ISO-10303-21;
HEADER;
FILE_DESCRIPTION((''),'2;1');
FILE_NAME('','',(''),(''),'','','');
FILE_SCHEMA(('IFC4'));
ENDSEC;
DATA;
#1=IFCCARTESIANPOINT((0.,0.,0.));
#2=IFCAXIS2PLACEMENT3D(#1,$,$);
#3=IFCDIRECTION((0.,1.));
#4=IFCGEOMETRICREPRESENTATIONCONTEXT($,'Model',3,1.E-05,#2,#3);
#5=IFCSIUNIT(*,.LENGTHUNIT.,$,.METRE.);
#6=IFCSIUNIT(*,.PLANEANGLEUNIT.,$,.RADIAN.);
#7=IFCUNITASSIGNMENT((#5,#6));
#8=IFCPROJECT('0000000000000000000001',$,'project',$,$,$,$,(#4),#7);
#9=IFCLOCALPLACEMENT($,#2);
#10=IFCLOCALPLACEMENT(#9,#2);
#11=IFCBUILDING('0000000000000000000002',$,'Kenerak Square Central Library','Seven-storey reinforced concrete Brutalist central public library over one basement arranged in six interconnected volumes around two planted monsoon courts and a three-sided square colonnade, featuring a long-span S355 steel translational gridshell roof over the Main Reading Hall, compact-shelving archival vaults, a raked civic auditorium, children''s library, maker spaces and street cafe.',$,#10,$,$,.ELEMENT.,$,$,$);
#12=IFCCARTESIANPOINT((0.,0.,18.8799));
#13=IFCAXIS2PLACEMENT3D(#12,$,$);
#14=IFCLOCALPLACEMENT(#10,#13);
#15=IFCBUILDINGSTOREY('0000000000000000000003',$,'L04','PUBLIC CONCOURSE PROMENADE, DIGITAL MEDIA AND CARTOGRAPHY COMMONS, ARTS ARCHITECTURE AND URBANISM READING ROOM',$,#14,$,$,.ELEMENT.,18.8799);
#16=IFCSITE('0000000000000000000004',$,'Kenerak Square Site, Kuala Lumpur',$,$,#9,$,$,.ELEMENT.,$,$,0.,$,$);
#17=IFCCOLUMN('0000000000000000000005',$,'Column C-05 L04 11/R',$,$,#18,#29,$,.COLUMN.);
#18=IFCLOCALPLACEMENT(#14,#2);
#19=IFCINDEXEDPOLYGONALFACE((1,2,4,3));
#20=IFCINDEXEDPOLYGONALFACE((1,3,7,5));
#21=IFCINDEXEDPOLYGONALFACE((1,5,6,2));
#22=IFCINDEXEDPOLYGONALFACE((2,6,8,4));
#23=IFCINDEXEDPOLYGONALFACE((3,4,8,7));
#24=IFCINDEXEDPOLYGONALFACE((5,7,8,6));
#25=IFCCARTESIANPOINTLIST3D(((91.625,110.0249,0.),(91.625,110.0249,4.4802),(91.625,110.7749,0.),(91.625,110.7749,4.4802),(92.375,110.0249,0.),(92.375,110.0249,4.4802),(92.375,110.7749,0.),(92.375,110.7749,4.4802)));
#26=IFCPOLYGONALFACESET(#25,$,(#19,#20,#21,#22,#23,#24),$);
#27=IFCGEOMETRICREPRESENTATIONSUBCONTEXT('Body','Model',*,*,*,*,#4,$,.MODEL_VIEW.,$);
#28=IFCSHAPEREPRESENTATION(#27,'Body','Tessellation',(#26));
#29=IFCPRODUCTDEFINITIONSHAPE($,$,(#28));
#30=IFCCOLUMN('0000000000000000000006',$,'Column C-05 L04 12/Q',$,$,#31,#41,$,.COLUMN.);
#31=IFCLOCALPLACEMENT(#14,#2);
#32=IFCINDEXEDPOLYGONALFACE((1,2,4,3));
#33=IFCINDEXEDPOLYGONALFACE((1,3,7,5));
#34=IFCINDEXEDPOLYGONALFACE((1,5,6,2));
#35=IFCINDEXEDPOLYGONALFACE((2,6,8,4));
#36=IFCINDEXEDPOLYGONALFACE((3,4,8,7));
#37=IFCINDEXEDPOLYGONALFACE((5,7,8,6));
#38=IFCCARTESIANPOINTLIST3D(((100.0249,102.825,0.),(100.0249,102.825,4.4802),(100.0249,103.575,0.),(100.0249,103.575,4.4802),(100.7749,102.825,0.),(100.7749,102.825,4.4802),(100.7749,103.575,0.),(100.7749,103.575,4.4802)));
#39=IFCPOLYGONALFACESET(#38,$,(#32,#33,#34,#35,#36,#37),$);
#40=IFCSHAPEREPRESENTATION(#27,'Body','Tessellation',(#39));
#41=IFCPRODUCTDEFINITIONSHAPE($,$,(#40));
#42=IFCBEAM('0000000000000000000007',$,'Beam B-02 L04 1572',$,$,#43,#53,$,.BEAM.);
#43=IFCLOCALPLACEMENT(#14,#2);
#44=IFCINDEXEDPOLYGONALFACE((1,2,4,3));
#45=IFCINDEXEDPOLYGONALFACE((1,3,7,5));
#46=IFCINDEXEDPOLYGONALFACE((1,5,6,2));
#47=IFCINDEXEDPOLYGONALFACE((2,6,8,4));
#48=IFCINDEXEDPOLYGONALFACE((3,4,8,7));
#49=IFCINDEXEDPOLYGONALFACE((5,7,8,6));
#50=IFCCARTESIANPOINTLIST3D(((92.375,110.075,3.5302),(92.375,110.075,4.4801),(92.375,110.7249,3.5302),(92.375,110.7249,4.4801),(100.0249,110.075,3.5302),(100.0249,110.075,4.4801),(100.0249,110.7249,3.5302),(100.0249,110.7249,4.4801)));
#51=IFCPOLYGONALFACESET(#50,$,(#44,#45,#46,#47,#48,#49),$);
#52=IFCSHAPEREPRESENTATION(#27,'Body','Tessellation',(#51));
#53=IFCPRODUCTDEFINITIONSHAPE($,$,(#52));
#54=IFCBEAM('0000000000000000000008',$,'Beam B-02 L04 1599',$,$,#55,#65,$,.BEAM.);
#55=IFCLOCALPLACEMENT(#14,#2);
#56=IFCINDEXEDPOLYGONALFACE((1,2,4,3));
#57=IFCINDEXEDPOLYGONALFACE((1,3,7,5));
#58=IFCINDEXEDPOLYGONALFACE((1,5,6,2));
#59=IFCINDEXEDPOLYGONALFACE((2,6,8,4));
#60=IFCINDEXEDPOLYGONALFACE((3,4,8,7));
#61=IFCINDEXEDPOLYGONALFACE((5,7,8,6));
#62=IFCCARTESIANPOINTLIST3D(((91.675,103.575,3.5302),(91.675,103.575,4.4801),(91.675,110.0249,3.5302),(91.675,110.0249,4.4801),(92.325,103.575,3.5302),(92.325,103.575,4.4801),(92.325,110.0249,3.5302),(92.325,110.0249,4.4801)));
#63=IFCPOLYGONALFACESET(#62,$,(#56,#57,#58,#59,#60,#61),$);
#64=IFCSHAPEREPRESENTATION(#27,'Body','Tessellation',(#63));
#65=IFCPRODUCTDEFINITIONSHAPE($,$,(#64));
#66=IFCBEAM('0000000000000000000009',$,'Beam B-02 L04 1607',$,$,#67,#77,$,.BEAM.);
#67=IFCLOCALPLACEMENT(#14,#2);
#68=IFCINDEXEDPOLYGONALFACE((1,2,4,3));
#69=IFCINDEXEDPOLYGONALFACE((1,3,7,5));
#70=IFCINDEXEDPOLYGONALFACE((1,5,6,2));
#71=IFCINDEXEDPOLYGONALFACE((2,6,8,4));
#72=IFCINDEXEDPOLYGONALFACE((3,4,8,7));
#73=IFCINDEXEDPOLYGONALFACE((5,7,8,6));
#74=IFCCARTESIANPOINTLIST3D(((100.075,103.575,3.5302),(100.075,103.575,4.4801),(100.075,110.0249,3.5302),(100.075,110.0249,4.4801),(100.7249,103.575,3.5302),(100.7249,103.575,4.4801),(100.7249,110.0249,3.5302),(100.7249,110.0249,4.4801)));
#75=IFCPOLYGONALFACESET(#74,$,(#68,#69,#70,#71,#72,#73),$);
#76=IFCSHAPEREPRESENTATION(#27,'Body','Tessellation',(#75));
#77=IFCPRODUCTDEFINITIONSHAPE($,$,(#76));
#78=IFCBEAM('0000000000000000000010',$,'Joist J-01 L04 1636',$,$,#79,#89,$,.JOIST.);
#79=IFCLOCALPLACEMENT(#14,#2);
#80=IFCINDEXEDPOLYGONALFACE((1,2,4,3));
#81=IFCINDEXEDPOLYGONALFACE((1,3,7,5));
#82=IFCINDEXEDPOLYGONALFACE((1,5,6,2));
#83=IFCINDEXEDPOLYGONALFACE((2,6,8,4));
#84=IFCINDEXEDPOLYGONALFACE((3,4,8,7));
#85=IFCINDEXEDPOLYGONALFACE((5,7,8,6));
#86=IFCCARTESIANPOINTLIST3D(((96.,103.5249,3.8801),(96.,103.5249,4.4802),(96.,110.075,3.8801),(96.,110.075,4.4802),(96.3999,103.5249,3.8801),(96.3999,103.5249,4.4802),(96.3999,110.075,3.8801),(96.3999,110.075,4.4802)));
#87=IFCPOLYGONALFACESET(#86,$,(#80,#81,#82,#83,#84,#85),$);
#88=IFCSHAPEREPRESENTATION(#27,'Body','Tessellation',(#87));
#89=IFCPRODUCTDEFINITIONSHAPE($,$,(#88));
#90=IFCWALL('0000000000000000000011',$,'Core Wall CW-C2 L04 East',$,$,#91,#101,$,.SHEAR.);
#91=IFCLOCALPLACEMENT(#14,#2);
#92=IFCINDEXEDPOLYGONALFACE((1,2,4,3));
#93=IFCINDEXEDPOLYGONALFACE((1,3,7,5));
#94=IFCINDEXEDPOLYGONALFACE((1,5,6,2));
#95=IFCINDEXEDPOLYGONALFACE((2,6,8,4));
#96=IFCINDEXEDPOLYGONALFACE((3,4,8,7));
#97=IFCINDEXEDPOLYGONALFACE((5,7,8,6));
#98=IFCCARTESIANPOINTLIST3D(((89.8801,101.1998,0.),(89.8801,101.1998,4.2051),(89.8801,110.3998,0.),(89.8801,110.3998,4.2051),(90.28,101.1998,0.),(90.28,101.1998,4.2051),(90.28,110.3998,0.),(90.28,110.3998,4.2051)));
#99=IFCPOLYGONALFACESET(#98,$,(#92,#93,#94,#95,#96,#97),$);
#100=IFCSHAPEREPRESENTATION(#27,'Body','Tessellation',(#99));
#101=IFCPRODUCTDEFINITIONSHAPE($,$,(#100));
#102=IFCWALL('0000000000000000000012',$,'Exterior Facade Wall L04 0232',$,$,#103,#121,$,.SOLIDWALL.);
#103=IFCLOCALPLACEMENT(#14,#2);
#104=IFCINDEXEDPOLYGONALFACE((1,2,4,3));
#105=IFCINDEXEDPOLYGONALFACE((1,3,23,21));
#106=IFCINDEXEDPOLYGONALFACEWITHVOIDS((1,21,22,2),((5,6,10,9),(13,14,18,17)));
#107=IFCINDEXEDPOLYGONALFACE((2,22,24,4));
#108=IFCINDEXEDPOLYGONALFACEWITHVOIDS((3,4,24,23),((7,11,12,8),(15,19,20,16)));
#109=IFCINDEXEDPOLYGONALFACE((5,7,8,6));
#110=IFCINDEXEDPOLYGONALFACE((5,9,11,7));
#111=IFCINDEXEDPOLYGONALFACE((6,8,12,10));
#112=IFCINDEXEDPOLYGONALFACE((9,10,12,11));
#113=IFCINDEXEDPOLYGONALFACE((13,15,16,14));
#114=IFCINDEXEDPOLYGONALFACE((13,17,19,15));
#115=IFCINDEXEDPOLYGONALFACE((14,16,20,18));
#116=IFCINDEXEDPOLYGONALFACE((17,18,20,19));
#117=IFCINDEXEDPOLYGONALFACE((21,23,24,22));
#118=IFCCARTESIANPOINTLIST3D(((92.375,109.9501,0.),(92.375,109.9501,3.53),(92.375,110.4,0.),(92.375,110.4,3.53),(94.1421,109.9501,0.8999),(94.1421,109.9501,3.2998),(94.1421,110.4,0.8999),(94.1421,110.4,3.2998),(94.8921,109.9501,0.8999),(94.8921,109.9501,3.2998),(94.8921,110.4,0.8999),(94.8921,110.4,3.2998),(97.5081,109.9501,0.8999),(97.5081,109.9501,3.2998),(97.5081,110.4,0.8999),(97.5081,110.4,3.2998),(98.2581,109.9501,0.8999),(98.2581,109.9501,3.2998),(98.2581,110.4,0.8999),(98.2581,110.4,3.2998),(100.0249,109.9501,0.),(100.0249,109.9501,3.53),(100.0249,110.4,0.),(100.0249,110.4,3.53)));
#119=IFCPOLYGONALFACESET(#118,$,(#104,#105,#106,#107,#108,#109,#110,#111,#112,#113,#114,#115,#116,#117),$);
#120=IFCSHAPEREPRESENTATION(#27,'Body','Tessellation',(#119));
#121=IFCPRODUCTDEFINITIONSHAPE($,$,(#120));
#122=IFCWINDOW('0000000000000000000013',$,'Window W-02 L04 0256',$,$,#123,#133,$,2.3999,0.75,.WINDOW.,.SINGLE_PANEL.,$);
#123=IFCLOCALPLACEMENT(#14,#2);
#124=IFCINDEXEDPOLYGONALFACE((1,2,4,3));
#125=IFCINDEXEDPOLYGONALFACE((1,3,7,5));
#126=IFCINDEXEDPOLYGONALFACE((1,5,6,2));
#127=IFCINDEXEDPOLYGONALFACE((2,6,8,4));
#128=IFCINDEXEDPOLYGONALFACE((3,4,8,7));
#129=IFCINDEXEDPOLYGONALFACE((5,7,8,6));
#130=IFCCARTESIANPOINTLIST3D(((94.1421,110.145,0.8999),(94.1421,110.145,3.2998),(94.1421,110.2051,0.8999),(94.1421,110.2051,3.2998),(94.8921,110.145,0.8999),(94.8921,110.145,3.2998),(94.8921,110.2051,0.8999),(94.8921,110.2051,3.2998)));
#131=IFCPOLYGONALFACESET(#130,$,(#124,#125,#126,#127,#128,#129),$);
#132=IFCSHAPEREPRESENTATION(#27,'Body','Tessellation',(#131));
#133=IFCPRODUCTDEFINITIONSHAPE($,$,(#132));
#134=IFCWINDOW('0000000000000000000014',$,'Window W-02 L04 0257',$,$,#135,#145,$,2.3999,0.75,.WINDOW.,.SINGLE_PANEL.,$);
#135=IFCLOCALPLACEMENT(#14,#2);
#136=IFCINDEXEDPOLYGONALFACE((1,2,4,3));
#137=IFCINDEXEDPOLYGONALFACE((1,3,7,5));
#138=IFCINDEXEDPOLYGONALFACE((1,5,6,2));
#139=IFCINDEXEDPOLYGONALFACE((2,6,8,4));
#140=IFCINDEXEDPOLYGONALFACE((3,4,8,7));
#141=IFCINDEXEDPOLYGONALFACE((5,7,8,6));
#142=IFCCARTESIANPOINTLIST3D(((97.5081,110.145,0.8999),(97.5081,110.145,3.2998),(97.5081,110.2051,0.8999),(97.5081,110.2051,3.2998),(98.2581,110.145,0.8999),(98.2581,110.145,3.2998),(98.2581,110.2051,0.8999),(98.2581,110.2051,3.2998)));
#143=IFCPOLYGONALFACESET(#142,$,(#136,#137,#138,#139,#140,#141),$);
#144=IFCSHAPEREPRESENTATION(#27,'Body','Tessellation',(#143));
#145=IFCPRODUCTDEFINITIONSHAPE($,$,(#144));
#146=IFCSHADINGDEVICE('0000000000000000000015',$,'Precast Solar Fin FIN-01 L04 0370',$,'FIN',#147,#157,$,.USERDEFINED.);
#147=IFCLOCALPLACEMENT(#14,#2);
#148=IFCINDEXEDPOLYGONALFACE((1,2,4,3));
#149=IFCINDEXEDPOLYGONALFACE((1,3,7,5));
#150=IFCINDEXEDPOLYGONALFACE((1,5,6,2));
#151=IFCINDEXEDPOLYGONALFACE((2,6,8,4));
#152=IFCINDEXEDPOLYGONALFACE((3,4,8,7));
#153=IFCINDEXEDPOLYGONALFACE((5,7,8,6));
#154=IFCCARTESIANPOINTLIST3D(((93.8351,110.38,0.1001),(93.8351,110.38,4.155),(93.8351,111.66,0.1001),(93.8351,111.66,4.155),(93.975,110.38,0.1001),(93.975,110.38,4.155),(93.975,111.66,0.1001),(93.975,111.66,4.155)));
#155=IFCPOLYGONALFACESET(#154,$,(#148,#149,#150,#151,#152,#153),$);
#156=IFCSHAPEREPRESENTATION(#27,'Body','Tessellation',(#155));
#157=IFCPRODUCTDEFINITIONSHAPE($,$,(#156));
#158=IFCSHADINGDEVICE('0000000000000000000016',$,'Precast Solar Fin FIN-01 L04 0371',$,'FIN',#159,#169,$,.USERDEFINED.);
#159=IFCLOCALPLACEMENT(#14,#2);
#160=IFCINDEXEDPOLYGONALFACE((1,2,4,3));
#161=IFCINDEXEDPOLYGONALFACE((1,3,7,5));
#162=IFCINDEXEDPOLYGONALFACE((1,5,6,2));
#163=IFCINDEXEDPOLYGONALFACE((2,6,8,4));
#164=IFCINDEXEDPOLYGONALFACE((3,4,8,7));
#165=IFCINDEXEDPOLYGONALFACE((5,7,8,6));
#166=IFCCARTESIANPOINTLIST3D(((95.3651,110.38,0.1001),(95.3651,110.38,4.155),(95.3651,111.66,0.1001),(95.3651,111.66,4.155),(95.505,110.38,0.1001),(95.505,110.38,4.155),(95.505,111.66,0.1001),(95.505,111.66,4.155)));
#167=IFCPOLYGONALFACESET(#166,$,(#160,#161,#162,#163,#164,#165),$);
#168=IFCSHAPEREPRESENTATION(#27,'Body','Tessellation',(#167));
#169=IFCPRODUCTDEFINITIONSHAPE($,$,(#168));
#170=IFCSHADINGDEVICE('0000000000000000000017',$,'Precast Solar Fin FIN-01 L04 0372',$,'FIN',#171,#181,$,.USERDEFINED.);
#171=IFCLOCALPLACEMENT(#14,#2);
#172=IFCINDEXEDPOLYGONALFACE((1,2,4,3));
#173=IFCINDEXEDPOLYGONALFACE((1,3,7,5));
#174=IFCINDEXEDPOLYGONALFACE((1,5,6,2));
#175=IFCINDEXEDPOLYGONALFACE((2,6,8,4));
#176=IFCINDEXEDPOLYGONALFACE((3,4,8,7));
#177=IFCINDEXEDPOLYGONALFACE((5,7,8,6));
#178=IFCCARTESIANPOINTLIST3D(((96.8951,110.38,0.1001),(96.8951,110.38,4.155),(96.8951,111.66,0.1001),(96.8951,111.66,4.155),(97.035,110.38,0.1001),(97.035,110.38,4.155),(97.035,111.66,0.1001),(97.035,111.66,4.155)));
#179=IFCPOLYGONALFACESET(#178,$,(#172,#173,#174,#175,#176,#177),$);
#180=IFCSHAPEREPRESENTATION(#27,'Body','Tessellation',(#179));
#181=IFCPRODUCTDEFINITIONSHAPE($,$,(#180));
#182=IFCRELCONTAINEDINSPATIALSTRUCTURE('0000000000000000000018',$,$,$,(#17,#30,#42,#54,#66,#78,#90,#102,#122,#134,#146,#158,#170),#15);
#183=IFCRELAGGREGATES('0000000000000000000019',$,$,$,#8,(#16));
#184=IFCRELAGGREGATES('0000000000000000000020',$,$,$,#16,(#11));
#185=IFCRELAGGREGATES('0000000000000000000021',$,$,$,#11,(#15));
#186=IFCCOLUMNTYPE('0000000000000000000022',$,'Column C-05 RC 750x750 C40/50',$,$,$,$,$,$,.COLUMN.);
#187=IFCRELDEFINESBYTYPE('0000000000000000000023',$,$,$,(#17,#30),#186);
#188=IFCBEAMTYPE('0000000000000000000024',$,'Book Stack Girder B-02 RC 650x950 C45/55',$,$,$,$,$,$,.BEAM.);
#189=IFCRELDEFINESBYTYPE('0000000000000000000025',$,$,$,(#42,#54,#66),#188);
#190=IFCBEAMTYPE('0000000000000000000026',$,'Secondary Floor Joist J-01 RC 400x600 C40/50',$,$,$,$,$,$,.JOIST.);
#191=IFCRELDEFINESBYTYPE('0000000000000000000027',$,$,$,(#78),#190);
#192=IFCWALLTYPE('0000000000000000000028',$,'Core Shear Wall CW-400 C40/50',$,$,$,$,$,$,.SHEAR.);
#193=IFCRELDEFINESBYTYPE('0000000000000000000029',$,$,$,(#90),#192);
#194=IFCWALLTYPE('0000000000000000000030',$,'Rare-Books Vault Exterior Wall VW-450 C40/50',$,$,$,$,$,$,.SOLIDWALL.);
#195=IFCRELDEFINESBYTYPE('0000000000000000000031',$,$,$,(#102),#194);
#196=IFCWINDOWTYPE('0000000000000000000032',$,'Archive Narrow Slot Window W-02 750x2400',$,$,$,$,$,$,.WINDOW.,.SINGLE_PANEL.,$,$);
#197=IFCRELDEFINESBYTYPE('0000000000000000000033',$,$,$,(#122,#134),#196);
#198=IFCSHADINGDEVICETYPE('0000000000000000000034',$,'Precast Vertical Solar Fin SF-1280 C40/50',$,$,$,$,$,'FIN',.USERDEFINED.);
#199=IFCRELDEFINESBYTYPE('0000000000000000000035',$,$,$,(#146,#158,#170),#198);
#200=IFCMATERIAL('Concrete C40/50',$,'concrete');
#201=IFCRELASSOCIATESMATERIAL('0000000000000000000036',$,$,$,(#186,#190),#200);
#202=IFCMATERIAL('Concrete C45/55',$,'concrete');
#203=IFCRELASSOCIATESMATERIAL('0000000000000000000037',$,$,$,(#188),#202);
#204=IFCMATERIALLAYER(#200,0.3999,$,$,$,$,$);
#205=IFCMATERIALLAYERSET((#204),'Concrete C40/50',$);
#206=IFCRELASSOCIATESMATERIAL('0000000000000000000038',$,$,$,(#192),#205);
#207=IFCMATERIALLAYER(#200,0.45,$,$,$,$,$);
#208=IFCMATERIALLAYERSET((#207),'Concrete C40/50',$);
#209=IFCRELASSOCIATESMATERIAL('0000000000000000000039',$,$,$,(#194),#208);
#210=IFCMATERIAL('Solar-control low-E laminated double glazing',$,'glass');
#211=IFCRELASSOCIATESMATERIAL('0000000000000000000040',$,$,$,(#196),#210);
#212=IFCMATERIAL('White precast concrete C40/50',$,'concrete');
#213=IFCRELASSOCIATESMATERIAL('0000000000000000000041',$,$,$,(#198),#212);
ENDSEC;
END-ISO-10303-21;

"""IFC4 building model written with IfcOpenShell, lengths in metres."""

from ifc_helpers import new_model, si_unit, direction, frame, frame_2d, origin, origin_2d, place, context, subcontext, project, spatial, rectangle, extrude, material, layer, layer_set, material_profile, profile_set, type_object, element, fill, save


model = new_model("IFC4")

# Units and contexts
model_context = context("Model", 3, precision=1e-05, world=origin(), true_north=direction((0.0, 1.0)))
body_context = subcontext(model_context, "Body", "Model", "MODEL_VIEW")
ifc_project = project(units=[si_unit("LENGTHUNIT", "METRE"), si_unit("PLANEANGLEUNIT", "RADIAN")], contexts=[model_context])

# Site, building, storey
site_placement = place(None, origin())
site = spatial("IfcSite", under=ifc_project, at=site_placement, Name="Kenerak Square Site, Kuala Lumpur", CompositionType="ELEMENT", RefElevation=0.0)
building_placement = place(site_placement, origin())
building = spatial("IfcBuilding", under=site, at=building_placement, Name="Kenerak Square Central Library", Description="Seven-storey reinforced concrete Brutalist central public library over one basement arranged in six interconnected volumes around two planted monsoon courts and a three-sided square colonnade, featuring a long-span S355 steel translational gridshell roof over the Main Reading Hall, compact-shelving archival vaults, a raked civic auditorium, children's library, maker spaces and street cafe.", CompositionType="ELEMENT")
storey_placement = place(building_placement, frame((0.0, 0.0, 18.8799)))
storey = spatial("IfcBuildingStorey", under=building, at=storey_placement, Name="L04", Description="PUBLIC CONCOURSE PROMENADE, DIGITAL MEDIA AND CARTOGRAPHY COMMONS, ARTS ARCHITECTURE AND URBANISM READING ROOM", CompositionType="ELEMENT", Elevation=18.8799)

# Columns
ifc_material_1 = material(Name="Concrete C40/50", Category="concrete")
ifc_material_profile_1 = material_profile(ifc_material_1, rectangle(XDim=0.75, YDim=0.75, at=origin_2d()), Name="RC 750x750")
ifc_profile_set_1 = profile_set([ifc_material_profile_1], Name="Concrete C40/50")
column_type = type_object("IfcColumnType", Name="Column C-05 RC 750x750 C40/50", PredefinedType="COLUMN", material=ifc_profile_set_1)
for number, where, z_axis, x_axis, name in (
    (1, (92.0, 110.3999, 0.0), (0.0, 0.0, 1.0), (1.0, 0.0, 0.0), "Column C-05 L04 11/R"),
    (2, (100.3999, 103.2, 0.0), (0.0, 0.0, 1.0), (1.0, 0.0, 0.0), "Column C-05 L04 12/Q"),
):
    element("IfcColumn", number, at=place(storey_placement, frame(where, z_axis=z_axis, x_axis=x_axis)), inside=storey, type_object=column_type, Name=name, PredefinedType="COLUMN", context=body_context, shape_type="SweptSolid", body=[
        extrude(rectangle(XDim=0.75, YDim=0.75, at=origin_2d()), origin(), (0.0, 0.0, 1.0), 4.4802),
    ])

# Beams
ifc_material_2 = material(Name="Concrete C45/55", Category="concrete")
ifc_material_profile_2 = material_profile(ifc_material_2, rectangle(XDim=0.6499, YDim=0.95, at=origin_2d()), Name="RC 650x950")
ifc_profile_set_2 = profile_set([ifc_material_profile_2], Name="Concrete C45/55")
beam_type_1 = type_object("IfcBeamType", Name="Book Stack Girder B-02 RC 650x950 C45/55", PredefinedType="BEAM", material=ifc_profile_set_2)
beam_1_placement = place(storey_placement, frame((92.375, 110.3999, 4.0051), z_axis=(1.0, 0.0, 0.0), x_axis=(0.0, 1.0, 0.0)))
element("IfcBeam", 3, at=beam_1_placement, inside=storey, type_object=beam_type_1, Name="Beam B-02 L04 1572", PredefinedType="BEAM", context=body_context, shape_type="SweptSolid", body=[
    extrude(rectangle(XDim=0.6499, YDim=0.95, at=origin_2d()), origin(), (0.0, 0.0, 1.0), 7.6499),
])
for number, where, z_axis, x_axis, name in (
    (4, (92.0, 103.575, 4.0051), (0.0, 1.0, 0.0), (-1.0, 0.0, 0.0), "Beam B-02 L04 1599"),
    (5, (100.3999, 103.575, 4.0051), (0.0, 1.0, 0.0), (-1.0, 0.0, 0.0), "Beam B-02 L04 1607"),
):
    element("IfcBeam", number, at=place(storey_placement, frame(where, z_axis=z_axis, x_axis=x_axis)), inside=storey, type_object=beam_type_1, Name=name, PredefinedType="BEAM", context=body_context, shape_type="SweptSolid", body=[
        extrude(rectangle(XDim=0.6499, YDim=0.95, at=origin_2d()), origin(), (0.0, 0.0, 1.0), 6.45),
    ])
ifc_material_profile_3 = material_profile(ifc_material_1, rectangle(XDim=0.3999, YDim=0.6001, at=origin_2d()), Name="RC 400x600")
ifc_profile_set_3 = profile_set([ifc_material_profile_3], Name="Concrete C40/50")
beam_type_2 = type_object("IfcBeamType", Name="Secondary Floor Joist J-01 RC 400x600 C40/50", PredefinedType="JOIST", material=ifc_profile_set_3)
beam_2_placement = place(storey_placement, frame((96.2, 103.5249, 4.1802), z_axis=(0.0, 1.0, 0.0), x_axis=(-1.0, 0.0, 0.0)))
element("IfcBeam", 6, at=beam_2_placement, inside=storey, type_object=beam_type_2, Name="Joist J-01 L04 1636", PredefinedType="JOIST", context=body_context, shape_type="SweptSolid", body=[
    extrude(rectangle(XDim=0.3999, YDim=0.6001, at=origin_2d()), origin(), (0.0, 0.0, 1.0), 6.55),
])

# Wall
ifc_layer_1 = layer(ifc_material_1, 0.3999)
ifc_layer_set_1 = layer_set([ifc_layer_1], Name="Concrete C40/50")
wall_type_1 = type_object("IfcWallType", Name="Core Shear Wall CW-400 C40/50", PredefinedType="SHEAR", material=ifc_layer_set_1)
wall_1_placement = place(storey_placement, frame((90.0801, 110.3999, 0.0), z_axis=(0.0, 0.0, 1.0), x_axis=(0.0, -1.0, 0.0)))
element("IfcWall", 7, at=wall_1_placement, inside=storey, type_object=wall_type_1, Name="Core Wall CW-C2 L04 East", PredefinedType="SHEAR", context=body_context, shape_type="SweptSolid", body=[
    extrude(rectangle(XDim=9.2, YDim=0.3999, at=frame_2d((4.6001, 0.0))), origin(), (0.0, 0.0, 1.0), 4.2051),
])

# Wall, openings, windows
ifc_layer_2 = layer(ifc_material_1, 0.45)
ifc_layer_set_2 = layer_set([ifc_layer_2], Name="Concrete C40/50")
wall_type_2 = type_object("IfcWallType", Name="Rare-Books Vault Exterior Wall VW-450 C40/50", PredefinedType="SOLIDWALL", material=ifc_layer_set_2)
wall_2_placement = place(storey_placement, frame((92.375, 110.175, 0.0), z_axis=(0.0, 0.0, 1.0), x_axis=(1.0, 0.0, 0.0)))
wall_2 = element("IfcWall", 8, at=wall_2_placement, inside=storey, type_object=wall_type_2, Name="Exterior Facade Wall L04 0232", PredefinedType="SOLIDWALL", context=body_context, shape_type="SweptSolid", body=[
    extrude(rectangle(XDim=7.6499, YDim=0.45, at=frame_2d((3.825, 0.0))), origin(), (0.0, 0.0, 1.0), 3.53),
])
opening_1_placement = place(wall_2_placement, frame((1.7671, 0.0, 0.8999)))
opening_1 = element("IfcOpeningElement", 9, at=opening_1_placement, cuts=wall_2, PredefinedType="OPENING", context=body_context, shape_type="SweptSolid", body=[
    extrude(rectangle(XDim=0.75, YDim=2.3999, at=frame_2d((0.375, 1.2))), frame((0.0, 0.2349, 0.0), z_axis=(0.0, -1.0, 0.0), x_axis=(1.0, 0.0, 0.0)), (0.0, 0.0, 1.0), 0.47),
])
opening_2_placement = place(wall_2_placement, frame((5.1331, 0.0, 0.8999)))
opening_2 = element("IfcOpeningElement", 10, at=opening_2_placement, cuts=wall_2, PredefinedType="OPENING", context=body_context, shape_type="SweptSolid", body=[
    extrude(rectangle(XDim=0.75, YDim=2.3999, at=frame_2d((0.375, 1.2))), frame((0.0, 0.2349, 0.0), z_axis=(0.0, -1.0, 0.0), x_axis=(1.0, 0.0, 0.0)), (0.0, 0.0, 1.0), 0.47),
])
ifc_material_3 = material(Name="Solar-control low-E laminated double glazing", Category="glass")
window_type = type_object("IfcWindowType", Name="Archive Narrow Slot Window W-02 750x2400", PartitioningType="SINGLE_PANEL", PredefinedType="WINDOW", material=ifc_material_3)
window_1_placement = place(opening_1_placement, origin())
window_1 = element("IfcWindow", 11, at=window_1_placement, inside=storey, type_object=window_type, Name="Window W-02 L04 0256", OverallHeight=2.3999, OverallWidth=0.75, PartitioningType="SINGLE_PANEL", PredefinedType="WINDOW", context=body_context, shape_type="SweptSolid", body=[
    extrude(rectangle(XDim=0.75, YDim=2.3999, at=frame_2d((0.375, 1.2))), frame((0.0, 0.03, 0.0), z_axis=(0.0, -1.0, 0.0), x_axis=(1.0, 0.0, 0.0)), (0.0, 0.0, 1.0), 0.0601),
])
fill(opening_1, window_1)
window_2_placement = place(opening_2_placement, origin())
window_2 = element("IfcWindow", 12, at=window_2_placement, inside=storey, type_object=window_type, Name="Window W-02 L04 0257", OverallHeight=2.3999, OverallWidth=0.75, PartitioningType="SINGLE_PANEL", PredefinedType="WINDOW", context=body_context, shape_type="SweptSolid", body=[
    extrude(rectangle(XDim=0.75, YDim=2.3999, at=frame_2d((0.375, 1.2))), frame((0.0, 0.03, 0.0), z_axis=(0.0, -1.0, 0.0), x_axis=(1.0, 0.0, 0.0)), (0.0, 0.0, 1.0), 0.0601),
])
fill(opening_2, window_2)

# Shading devices
ifc_material_4 = material(Name="White precast concrete C40/50", Category="concrete")
shading_device_type = type_object("IfcShadingDeviceType", Name="Precast Vertical Solar Fin SF-1280 C40/50", ElementType="FIN", PredefinedType="USERDEFINED", material=ifc_material_4)
for number, where, z_axis, x_axis, name in (
    (13, (93.905, 111.02, 0.1001), (0.0, 0.0, 1.0), (1.0, 0.0, 0.0), "Precast Solar Fin FIN-01 L04 0370"),
    (14, (95.4351, 111.02, 0.1001), (0.0, 0.0, 1.0), (1.0, 0.0, 0.0), "Precast Solar Fin FIN-01 L04 0371"),
    (15, (96.9651, 111.02, 0.1001), (0.0, 0.0, 1.0), (1.0, 0.0, 0.0), "Precast Solar Fin FIN-01 L04 0372"),
):
    element("IfcShadingDevice", number, at=place(storey_placement, frame(where, z_axis=z_axis, x_axis=x_axis)), inside=storey, type_object=shading_device_type, Name=name, ObjectType="FIN", PredefinedType="USERDEFINED", context=body_context, shape_type="SweptSolid", body=[
        extrude(rectangle(XDim=0.1399, YDim=1.28, at=origin_2d()), origin(), (0.0, 0.0, 1.0), 4.0549),
    ])

save(model, "model.ifc")
